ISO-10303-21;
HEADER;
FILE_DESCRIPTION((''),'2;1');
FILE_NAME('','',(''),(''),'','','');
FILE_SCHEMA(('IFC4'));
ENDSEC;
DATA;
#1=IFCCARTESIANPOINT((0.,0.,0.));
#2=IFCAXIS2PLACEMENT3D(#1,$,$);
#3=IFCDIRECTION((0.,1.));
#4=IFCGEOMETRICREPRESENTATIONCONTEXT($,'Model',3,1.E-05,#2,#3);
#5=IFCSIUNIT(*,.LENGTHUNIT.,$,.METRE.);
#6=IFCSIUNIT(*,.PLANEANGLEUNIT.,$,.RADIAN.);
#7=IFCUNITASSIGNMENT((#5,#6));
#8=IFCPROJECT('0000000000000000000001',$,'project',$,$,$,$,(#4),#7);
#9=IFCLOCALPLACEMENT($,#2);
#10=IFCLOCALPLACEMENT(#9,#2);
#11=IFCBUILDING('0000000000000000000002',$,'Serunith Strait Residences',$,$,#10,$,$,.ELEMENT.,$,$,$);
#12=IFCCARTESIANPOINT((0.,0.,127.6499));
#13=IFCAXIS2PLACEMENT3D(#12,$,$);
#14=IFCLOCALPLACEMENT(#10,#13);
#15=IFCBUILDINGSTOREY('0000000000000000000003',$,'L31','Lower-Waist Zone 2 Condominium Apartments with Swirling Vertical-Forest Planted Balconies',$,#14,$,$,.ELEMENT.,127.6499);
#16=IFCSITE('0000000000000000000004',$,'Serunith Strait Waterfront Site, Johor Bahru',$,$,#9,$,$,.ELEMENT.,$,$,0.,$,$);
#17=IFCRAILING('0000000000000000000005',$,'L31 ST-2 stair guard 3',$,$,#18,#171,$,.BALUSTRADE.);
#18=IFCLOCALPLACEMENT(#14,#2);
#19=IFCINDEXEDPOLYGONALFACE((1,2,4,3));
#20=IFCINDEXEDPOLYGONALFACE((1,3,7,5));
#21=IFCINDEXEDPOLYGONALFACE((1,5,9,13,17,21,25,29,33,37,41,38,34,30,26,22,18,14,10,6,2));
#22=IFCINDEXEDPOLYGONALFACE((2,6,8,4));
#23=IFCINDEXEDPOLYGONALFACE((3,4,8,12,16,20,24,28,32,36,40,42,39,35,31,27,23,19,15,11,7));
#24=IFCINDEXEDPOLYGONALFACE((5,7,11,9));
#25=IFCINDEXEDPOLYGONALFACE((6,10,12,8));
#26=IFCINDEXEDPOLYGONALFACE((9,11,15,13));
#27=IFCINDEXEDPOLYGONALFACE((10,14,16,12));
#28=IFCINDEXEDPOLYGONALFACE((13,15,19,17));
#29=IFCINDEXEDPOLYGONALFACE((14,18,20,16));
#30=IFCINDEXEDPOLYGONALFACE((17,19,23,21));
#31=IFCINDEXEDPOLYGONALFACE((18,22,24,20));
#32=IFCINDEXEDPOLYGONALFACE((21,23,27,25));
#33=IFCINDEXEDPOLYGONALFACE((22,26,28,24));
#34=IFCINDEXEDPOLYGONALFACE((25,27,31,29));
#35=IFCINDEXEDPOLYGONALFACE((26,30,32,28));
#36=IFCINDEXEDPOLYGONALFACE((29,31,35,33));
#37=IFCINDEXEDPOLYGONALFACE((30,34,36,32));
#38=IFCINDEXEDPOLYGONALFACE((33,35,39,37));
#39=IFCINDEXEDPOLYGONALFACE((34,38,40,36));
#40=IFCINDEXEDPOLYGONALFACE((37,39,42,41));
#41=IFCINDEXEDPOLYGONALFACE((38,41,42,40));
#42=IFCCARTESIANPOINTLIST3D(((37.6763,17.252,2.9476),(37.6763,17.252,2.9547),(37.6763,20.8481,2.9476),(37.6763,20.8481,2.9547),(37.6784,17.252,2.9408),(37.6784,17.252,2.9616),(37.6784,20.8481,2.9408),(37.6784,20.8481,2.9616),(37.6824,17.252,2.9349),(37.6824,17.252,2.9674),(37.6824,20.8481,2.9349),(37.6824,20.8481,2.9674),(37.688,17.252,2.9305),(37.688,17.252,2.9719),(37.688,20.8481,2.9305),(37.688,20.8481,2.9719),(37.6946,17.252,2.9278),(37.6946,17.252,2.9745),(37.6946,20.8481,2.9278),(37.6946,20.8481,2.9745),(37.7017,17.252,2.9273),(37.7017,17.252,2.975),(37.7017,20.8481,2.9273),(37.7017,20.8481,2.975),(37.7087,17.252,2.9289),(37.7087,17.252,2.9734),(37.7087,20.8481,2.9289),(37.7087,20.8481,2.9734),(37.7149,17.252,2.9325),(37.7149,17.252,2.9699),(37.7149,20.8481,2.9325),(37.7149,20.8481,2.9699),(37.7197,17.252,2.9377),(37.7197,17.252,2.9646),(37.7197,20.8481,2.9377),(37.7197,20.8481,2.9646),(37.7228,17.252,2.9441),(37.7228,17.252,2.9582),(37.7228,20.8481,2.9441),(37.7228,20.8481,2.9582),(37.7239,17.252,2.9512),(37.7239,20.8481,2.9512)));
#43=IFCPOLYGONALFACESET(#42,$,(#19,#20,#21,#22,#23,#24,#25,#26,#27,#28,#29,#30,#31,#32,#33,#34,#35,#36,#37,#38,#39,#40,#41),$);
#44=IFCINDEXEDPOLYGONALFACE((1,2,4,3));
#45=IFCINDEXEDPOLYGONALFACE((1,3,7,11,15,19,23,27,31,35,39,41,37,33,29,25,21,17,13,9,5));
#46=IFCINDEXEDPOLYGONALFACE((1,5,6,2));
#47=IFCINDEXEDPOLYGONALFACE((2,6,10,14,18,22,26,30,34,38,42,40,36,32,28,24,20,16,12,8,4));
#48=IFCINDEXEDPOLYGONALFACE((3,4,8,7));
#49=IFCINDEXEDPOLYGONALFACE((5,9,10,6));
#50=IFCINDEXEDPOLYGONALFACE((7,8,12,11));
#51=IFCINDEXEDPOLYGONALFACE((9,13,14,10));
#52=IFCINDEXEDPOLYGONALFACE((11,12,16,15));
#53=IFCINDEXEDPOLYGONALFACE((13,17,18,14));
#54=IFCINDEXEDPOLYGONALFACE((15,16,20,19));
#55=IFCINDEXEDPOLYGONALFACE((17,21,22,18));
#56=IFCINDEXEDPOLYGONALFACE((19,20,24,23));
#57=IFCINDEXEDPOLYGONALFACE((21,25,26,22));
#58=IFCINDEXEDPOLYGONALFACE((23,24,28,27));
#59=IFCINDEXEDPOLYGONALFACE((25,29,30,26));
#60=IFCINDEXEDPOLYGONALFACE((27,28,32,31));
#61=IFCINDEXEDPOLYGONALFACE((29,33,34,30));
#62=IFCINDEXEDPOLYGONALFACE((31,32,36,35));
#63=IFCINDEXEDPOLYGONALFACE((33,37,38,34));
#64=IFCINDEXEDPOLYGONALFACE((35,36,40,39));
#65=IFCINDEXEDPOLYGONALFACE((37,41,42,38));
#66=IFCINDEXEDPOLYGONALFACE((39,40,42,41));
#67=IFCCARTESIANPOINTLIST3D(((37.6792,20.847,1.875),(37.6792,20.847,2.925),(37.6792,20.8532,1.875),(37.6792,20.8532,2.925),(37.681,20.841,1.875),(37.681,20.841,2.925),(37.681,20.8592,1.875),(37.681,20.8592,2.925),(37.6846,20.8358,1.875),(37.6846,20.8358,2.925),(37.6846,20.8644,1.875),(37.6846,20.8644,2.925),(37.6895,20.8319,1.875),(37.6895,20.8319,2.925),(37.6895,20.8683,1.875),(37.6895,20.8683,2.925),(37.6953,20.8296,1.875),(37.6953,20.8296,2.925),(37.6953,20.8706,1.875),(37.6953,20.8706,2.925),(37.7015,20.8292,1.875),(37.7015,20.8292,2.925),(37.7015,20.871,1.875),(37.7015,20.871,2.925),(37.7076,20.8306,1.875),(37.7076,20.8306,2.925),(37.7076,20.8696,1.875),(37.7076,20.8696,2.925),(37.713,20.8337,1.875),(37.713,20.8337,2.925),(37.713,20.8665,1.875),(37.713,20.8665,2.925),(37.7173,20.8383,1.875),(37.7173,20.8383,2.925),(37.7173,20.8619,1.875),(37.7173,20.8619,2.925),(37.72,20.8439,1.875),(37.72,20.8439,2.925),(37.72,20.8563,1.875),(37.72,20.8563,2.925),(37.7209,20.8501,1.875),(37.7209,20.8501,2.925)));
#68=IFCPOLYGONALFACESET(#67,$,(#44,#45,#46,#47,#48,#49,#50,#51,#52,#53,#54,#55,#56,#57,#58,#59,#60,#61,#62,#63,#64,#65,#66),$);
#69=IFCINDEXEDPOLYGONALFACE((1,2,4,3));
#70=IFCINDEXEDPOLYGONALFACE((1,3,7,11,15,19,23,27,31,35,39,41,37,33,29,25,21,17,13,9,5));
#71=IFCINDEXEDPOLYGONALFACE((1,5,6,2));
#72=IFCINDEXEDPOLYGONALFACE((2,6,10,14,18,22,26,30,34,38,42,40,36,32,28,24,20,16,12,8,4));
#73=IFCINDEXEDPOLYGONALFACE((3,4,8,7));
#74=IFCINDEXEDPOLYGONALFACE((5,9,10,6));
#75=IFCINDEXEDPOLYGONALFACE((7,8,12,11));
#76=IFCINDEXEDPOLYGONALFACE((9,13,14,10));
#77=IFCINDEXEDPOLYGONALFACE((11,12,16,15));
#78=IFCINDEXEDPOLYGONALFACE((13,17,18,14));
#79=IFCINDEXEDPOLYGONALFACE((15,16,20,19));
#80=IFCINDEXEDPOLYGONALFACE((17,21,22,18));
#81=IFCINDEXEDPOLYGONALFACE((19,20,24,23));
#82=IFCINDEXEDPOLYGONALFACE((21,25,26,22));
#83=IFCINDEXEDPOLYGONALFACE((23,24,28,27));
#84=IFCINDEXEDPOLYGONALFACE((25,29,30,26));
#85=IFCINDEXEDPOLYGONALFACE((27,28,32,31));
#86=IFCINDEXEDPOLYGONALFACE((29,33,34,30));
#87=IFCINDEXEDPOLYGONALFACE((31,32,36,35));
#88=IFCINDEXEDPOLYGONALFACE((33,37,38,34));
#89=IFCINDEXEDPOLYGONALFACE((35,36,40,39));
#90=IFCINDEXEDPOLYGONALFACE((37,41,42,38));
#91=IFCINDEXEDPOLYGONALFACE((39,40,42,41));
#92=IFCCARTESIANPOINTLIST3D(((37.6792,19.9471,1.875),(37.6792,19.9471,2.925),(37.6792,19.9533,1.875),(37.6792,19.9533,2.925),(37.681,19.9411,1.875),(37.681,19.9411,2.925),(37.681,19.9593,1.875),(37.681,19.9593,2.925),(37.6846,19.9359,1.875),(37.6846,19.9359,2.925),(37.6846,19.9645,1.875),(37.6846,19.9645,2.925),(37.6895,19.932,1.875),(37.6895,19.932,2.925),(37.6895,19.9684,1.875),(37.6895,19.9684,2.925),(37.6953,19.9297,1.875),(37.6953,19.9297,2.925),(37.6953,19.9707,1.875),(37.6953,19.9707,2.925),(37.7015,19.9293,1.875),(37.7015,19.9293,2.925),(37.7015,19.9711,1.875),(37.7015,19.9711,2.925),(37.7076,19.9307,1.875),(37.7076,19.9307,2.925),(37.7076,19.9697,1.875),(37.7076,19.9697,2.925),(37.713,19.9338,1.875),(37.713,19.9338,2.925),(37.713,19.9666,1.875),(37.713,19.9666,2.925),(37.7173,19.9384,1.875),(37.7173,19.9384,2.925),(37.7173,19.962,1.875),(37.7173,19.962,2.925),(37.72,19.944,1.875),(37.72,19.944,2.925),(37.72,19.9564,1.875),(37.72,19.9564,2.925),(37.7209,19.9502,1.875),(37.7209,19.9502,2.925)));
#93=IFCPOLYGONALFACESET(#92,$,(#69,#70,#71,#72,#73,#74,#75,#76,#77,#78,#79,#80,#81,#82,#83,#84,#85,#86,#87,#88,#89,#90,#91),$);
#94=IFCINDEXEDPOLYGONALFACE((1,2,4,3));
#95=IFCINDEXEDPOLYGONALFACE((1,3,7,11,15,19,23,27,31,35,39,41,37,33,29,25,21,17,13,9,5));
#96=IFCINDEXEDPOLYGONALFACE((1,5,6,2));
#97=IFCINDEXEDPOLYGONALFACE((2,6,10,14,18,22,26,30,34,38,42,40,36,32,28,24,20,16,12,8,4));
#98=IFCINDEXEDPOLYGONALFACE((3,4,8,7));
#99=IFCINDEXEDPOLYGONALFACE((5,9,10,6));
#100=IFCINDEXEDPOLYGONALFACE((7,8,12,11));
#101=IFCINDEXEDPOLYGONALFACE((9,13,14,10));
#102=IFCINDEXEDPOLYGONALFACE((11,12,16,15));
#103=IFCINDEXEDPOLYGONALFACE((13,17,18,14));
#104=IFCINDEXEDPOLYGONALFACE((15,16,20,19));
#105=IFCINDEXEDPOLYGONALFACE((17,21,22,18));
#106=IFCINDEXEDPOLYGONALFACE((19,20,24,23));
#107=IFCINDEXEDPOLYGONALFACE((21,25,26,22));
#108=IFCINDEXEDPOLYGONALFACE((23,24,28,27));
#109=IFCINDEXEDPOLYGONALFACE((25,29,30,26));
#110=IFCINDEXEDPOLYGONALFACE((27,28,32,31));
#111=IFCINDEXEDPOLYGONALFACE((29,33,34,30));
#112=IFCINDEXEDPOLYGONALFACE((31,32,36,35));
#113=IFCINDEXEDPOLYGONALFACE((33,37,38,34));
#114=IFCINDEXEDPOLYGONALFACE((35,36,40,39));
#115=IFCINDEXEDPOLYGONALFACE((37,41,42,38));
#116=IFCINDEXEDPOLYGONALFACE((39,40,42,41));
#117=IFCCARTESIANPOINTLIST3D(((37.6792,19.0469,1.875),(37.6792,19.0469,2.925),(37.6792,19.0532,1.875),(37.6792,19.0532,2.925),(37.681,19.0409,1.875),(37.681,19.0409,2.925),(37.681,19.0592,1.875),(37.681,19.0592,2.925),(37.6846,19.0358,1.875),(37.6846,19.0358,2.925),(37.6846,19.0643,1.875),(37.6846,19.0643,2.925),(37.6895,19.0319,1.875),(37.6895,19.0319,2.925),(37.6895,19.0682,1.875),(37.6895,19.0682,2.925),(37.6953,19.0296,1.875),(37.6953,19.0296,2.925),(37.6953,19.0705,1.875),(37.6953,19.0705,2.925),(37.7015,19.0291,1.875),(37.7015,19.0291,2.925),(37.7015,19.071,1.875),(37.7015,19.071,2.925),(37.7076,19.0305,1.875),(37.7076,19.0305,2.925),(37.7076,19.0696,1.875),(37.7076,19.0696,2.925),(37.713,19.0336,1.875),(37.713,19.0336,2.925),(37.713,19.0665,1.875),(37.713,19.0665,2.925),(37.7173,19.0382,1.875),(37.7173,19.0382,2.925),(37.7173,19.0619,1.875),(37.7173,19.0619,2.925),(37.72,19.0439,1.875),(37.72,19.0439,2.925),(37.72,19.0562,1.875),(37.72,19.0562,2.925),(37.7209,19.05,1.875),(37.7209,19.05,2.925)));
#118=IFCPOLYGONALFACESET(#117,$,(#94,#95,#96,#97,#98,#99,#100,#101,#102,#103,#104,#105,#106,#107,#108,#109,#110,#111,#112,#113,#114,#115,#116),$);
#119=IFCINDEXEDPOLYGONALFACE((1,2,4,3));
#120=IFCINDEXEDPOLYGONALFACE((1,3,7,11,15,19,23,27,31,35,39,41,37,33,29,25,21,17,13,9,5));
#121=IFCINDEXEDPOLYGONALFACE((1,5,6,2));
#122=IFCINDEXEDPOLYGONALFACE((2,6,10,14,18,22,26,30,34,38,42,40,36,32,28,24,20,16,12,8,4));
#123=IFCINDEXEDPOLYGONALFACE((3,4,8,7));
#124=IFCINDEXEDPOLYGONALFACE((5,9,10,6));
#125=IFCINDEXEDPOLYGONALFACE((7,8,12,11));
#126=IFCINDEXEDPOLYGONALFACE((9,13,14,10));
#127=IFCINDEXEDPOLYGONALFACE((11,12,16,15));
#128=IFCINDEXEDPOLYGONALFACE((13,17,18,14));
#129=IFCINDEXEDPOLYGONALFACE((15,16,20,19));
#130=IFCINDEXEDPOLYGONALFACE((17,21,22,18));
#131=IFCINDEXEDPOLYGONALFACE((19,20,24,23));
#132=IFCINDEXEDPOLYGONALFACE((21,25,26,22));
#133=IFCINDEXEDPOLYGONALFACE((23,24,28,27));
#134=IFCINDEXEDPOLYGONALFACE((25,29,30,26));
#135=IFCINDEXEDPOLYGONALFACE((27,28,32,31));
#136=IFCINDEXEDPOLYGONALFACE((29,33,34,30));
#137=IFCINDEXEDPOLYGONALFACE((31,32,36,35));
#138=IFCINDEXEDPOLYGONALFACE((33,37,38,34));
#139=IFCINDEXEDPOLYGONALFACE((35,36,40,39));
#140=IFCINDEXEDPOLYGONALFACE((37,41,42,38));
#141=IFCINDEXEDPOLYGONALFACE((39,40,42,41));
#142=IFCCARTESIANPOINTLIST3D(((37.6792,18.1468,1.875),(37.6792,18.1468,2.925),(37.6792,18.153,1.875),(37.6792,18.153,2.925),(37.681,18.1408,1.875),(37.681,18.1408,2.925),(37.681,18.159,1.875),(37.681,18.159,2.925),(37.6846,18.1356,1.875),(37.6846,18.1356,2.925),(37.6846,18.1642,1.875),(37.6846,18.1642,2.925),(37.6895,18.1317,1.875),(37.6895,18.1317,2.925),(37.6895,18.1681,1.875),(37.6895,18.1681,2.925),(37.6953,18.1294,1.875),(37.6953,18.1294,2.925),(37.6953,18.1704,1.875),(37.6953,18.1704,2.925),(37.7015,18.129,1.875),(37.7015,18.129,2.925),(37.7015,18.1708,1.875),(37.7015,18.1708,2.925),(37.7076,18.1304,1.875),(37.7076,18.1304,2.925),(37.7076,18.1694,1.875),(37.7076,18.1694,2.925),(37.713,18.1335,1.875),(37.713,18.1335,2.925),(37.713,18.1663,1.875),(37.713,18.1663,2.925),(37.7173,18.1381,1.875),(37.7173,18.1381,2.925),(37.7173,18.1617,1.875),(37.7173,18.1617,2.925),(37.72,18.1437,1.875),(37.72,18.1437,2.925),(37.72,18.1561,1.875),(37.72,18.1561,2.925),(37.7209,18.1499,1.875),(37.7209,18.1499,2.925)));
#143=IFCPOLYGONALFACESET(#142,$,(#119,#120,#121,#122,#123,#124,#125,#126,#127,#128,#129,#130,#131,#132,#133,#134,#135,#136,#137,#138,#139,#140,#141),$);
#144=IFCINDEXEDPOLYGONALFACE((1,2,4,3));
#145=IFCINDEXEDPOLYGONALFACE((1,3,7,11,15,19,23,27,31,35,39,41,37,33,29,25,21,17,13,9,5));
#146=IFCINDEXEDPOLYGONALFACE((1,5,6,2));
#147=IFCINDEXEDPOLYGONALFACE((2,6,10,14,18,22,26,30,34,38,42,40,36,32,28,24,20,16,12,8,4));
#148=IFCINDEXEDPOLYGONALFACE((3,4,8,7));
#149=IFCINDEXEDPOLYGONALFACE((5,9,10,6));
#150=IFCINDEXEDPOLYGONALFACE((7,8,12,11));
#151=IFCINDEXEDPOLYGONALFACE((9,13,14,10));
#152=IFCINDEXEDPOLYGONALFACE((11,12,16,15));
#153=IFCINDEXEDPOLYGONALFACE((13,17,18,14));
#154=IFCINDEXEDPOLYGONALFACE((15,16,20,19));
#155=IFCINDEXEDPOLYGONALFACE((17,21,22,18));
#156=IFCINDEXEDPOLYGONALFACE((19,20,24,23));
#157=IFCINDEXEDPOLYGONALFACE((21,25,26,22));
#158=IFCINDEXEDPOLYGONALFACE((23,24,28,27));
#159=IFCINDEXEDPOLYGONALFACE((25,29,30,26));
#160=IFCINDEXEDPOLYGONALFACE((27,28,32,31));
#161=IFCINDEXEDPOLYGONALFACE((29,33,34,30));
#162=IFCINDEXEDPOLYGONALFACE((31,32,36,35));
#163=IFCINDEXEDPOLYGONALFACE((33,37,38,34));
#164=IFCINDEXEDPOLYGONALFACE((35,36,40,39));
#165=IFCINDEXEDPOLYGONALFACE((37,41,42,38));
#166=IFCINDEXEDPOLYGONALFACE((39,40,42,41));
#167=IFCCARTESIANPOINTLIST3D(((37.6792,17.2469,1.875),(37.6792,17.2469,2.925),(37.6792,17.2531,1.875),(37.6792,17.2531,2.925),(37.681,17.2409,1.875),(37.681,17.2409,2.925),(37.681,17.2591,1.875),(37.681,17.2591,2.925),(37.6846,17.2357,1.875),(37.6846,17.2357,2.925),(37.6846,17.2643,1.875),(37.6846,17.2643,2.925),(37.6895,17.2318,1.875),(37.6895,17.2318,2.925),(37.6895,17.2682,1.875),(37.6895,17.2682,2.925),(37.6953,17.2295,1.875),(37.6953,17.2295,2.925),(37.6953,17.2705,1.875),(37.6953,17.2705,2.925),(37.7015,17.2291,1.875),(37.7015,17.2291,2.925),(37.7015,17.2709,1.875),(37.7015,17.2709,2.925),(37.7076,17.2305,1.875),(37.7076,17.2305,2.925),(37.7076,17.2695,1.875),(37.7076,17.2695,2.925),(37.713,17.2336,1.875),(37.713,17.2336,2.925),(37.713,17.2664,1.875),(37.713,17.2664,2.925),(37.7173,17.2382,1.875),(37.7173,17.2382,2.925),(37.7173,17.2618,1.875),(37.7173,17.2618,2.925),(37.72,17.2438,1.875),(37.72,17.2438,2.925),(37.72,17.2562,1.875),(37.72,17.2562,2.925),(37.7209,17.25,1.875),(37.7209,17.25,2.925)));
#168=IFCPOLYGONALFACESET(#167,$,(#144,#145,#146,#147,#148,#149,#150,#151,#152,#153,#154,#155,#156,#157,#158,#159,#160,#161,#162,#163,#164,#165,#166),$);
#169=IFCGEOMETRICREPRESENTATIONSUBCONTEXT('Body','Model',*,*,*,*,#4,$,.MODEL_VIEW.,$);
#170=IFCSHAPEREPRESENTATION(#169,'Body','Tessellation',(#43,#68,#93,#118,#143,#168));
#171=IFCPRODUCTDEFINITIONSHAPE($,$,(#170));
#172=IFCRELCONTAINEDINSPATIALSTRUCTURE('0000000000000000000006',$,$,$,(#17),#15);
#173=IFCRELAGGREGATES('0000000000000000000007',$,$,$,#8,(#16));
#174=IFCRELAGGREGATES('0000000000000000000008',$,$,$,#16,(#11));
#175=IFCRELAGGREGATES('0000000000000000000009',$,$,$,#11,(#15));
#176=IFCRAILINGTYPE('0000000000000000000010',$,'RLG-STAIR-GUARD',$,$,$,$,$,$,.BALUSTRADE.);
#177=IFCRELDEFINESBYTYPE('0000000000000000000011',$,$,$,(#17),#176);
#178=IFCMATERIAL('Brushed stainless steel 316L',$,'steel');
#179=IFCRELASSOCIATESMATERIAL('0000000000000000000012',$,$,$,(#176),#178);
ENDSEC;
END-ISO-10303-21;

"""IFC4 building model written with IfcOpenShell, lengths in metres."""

from ifc_helpers import new_model, si_unit, direction, frame, origin, origin_2d, place, context, subcontext, project, spatial, circle, extrude, material, type_object, element, save


model = new_model("IFC4")

# Units and contexts
model_context = context("Model", 3, precision=1e-05, world=origin(), true_north=direction((0.0, 1.0)))
body_context = subcontext(model_context, "Body", "Model", "MODEL_VIEW")
ifc_project = project(units=[si_unit("LENGTHUNIT", "METRE"), si_unit("PLANEANGLEUNIT", "RADIAN")], contexts=[model_context])

# Site, building, storey
site_placement = place(None, origin())
site = spatial("IfcSite", under=ifc_project, at=site_placement, Name="Serunith Strait Waterfront Site, Johor Bahru", CompositionType="ELEMENT", RefElevation=0.0)
building_placement = place(site_placement, origin())
building = spatial("IfcBuilding", under=site, at=building_placement, Name="Serunith Strait Residences", CompositionType="ELEMENT")
storey_placement = place(building_placement, frame((0.0, 0.0, 127.6499)))
storey = spatial("IfcBuildingStorey", under=building, at=storey_placement, Name="L31", Description="Lower-Waist Zone 2 Condominium Apartments with Swirling Vertical-Forest Planted Balconies", CompositionType="ELEMENT", Elevation=127.6499)

# Railing
ifc_material_1 = material(Name="Brushed stainless steel 316L", Category="steel")
railing_type_1 = type_object("IfcRailingType", Name="RLG-STAIR-GUARD", PredefinedType="BALUSTRADE", material=ifc_material_1)
for number, where, name in (
    (1, (37.7, 20.8501, 1.875), "L31 ST-2 stair guard 3"),
):
    element("IfcRailing", number, at=place(storey_placement, frame(where)), inside=storey, type_object=railing_type_1, Name=name, PredefinedType="BALUSTRADE", context=body_context, shape_type="SweptSolid", body=[
        extrude(circle(Radius=0.0239, at=origin_2d()), frame((0.0, -0.002, 1.0762), z_axis=(0.0, -1.0, 0.0), x_axis=(1.0, 0.0, 0.0)), (0.0, 0.0, 1.0), 3.5962),
        extrude(circle(Radius=0.021, at=origin_2d()), origin(), (0.0, 0.0, 1.0), 1.05),
        extrude(circle(Radius=0.021, at=origin_2d()), frame((0.0, -0.8999, 0.0)), (0.0, 0.0, 1.0), 1.05),
        extrude(circle(Radius=0.021, at=origin_2d()), frame((0.0, -1.8, 0.0)), (0.0, 0.0, 1.0), 1.05),
        extrude(circle(Radius=0.021, at=origin_2d()), frame((0.0, -2.7002, 0.0)), (0.0, 0.0, 1.0), 1.05),
        extrude(circle(Radius=0.021, at=origin_2d()), frame((0.0, -3.6001, 0.0)), (0.0, 0.0, 1.0), 1.05),
    ])

save(model, "model.ifc")
